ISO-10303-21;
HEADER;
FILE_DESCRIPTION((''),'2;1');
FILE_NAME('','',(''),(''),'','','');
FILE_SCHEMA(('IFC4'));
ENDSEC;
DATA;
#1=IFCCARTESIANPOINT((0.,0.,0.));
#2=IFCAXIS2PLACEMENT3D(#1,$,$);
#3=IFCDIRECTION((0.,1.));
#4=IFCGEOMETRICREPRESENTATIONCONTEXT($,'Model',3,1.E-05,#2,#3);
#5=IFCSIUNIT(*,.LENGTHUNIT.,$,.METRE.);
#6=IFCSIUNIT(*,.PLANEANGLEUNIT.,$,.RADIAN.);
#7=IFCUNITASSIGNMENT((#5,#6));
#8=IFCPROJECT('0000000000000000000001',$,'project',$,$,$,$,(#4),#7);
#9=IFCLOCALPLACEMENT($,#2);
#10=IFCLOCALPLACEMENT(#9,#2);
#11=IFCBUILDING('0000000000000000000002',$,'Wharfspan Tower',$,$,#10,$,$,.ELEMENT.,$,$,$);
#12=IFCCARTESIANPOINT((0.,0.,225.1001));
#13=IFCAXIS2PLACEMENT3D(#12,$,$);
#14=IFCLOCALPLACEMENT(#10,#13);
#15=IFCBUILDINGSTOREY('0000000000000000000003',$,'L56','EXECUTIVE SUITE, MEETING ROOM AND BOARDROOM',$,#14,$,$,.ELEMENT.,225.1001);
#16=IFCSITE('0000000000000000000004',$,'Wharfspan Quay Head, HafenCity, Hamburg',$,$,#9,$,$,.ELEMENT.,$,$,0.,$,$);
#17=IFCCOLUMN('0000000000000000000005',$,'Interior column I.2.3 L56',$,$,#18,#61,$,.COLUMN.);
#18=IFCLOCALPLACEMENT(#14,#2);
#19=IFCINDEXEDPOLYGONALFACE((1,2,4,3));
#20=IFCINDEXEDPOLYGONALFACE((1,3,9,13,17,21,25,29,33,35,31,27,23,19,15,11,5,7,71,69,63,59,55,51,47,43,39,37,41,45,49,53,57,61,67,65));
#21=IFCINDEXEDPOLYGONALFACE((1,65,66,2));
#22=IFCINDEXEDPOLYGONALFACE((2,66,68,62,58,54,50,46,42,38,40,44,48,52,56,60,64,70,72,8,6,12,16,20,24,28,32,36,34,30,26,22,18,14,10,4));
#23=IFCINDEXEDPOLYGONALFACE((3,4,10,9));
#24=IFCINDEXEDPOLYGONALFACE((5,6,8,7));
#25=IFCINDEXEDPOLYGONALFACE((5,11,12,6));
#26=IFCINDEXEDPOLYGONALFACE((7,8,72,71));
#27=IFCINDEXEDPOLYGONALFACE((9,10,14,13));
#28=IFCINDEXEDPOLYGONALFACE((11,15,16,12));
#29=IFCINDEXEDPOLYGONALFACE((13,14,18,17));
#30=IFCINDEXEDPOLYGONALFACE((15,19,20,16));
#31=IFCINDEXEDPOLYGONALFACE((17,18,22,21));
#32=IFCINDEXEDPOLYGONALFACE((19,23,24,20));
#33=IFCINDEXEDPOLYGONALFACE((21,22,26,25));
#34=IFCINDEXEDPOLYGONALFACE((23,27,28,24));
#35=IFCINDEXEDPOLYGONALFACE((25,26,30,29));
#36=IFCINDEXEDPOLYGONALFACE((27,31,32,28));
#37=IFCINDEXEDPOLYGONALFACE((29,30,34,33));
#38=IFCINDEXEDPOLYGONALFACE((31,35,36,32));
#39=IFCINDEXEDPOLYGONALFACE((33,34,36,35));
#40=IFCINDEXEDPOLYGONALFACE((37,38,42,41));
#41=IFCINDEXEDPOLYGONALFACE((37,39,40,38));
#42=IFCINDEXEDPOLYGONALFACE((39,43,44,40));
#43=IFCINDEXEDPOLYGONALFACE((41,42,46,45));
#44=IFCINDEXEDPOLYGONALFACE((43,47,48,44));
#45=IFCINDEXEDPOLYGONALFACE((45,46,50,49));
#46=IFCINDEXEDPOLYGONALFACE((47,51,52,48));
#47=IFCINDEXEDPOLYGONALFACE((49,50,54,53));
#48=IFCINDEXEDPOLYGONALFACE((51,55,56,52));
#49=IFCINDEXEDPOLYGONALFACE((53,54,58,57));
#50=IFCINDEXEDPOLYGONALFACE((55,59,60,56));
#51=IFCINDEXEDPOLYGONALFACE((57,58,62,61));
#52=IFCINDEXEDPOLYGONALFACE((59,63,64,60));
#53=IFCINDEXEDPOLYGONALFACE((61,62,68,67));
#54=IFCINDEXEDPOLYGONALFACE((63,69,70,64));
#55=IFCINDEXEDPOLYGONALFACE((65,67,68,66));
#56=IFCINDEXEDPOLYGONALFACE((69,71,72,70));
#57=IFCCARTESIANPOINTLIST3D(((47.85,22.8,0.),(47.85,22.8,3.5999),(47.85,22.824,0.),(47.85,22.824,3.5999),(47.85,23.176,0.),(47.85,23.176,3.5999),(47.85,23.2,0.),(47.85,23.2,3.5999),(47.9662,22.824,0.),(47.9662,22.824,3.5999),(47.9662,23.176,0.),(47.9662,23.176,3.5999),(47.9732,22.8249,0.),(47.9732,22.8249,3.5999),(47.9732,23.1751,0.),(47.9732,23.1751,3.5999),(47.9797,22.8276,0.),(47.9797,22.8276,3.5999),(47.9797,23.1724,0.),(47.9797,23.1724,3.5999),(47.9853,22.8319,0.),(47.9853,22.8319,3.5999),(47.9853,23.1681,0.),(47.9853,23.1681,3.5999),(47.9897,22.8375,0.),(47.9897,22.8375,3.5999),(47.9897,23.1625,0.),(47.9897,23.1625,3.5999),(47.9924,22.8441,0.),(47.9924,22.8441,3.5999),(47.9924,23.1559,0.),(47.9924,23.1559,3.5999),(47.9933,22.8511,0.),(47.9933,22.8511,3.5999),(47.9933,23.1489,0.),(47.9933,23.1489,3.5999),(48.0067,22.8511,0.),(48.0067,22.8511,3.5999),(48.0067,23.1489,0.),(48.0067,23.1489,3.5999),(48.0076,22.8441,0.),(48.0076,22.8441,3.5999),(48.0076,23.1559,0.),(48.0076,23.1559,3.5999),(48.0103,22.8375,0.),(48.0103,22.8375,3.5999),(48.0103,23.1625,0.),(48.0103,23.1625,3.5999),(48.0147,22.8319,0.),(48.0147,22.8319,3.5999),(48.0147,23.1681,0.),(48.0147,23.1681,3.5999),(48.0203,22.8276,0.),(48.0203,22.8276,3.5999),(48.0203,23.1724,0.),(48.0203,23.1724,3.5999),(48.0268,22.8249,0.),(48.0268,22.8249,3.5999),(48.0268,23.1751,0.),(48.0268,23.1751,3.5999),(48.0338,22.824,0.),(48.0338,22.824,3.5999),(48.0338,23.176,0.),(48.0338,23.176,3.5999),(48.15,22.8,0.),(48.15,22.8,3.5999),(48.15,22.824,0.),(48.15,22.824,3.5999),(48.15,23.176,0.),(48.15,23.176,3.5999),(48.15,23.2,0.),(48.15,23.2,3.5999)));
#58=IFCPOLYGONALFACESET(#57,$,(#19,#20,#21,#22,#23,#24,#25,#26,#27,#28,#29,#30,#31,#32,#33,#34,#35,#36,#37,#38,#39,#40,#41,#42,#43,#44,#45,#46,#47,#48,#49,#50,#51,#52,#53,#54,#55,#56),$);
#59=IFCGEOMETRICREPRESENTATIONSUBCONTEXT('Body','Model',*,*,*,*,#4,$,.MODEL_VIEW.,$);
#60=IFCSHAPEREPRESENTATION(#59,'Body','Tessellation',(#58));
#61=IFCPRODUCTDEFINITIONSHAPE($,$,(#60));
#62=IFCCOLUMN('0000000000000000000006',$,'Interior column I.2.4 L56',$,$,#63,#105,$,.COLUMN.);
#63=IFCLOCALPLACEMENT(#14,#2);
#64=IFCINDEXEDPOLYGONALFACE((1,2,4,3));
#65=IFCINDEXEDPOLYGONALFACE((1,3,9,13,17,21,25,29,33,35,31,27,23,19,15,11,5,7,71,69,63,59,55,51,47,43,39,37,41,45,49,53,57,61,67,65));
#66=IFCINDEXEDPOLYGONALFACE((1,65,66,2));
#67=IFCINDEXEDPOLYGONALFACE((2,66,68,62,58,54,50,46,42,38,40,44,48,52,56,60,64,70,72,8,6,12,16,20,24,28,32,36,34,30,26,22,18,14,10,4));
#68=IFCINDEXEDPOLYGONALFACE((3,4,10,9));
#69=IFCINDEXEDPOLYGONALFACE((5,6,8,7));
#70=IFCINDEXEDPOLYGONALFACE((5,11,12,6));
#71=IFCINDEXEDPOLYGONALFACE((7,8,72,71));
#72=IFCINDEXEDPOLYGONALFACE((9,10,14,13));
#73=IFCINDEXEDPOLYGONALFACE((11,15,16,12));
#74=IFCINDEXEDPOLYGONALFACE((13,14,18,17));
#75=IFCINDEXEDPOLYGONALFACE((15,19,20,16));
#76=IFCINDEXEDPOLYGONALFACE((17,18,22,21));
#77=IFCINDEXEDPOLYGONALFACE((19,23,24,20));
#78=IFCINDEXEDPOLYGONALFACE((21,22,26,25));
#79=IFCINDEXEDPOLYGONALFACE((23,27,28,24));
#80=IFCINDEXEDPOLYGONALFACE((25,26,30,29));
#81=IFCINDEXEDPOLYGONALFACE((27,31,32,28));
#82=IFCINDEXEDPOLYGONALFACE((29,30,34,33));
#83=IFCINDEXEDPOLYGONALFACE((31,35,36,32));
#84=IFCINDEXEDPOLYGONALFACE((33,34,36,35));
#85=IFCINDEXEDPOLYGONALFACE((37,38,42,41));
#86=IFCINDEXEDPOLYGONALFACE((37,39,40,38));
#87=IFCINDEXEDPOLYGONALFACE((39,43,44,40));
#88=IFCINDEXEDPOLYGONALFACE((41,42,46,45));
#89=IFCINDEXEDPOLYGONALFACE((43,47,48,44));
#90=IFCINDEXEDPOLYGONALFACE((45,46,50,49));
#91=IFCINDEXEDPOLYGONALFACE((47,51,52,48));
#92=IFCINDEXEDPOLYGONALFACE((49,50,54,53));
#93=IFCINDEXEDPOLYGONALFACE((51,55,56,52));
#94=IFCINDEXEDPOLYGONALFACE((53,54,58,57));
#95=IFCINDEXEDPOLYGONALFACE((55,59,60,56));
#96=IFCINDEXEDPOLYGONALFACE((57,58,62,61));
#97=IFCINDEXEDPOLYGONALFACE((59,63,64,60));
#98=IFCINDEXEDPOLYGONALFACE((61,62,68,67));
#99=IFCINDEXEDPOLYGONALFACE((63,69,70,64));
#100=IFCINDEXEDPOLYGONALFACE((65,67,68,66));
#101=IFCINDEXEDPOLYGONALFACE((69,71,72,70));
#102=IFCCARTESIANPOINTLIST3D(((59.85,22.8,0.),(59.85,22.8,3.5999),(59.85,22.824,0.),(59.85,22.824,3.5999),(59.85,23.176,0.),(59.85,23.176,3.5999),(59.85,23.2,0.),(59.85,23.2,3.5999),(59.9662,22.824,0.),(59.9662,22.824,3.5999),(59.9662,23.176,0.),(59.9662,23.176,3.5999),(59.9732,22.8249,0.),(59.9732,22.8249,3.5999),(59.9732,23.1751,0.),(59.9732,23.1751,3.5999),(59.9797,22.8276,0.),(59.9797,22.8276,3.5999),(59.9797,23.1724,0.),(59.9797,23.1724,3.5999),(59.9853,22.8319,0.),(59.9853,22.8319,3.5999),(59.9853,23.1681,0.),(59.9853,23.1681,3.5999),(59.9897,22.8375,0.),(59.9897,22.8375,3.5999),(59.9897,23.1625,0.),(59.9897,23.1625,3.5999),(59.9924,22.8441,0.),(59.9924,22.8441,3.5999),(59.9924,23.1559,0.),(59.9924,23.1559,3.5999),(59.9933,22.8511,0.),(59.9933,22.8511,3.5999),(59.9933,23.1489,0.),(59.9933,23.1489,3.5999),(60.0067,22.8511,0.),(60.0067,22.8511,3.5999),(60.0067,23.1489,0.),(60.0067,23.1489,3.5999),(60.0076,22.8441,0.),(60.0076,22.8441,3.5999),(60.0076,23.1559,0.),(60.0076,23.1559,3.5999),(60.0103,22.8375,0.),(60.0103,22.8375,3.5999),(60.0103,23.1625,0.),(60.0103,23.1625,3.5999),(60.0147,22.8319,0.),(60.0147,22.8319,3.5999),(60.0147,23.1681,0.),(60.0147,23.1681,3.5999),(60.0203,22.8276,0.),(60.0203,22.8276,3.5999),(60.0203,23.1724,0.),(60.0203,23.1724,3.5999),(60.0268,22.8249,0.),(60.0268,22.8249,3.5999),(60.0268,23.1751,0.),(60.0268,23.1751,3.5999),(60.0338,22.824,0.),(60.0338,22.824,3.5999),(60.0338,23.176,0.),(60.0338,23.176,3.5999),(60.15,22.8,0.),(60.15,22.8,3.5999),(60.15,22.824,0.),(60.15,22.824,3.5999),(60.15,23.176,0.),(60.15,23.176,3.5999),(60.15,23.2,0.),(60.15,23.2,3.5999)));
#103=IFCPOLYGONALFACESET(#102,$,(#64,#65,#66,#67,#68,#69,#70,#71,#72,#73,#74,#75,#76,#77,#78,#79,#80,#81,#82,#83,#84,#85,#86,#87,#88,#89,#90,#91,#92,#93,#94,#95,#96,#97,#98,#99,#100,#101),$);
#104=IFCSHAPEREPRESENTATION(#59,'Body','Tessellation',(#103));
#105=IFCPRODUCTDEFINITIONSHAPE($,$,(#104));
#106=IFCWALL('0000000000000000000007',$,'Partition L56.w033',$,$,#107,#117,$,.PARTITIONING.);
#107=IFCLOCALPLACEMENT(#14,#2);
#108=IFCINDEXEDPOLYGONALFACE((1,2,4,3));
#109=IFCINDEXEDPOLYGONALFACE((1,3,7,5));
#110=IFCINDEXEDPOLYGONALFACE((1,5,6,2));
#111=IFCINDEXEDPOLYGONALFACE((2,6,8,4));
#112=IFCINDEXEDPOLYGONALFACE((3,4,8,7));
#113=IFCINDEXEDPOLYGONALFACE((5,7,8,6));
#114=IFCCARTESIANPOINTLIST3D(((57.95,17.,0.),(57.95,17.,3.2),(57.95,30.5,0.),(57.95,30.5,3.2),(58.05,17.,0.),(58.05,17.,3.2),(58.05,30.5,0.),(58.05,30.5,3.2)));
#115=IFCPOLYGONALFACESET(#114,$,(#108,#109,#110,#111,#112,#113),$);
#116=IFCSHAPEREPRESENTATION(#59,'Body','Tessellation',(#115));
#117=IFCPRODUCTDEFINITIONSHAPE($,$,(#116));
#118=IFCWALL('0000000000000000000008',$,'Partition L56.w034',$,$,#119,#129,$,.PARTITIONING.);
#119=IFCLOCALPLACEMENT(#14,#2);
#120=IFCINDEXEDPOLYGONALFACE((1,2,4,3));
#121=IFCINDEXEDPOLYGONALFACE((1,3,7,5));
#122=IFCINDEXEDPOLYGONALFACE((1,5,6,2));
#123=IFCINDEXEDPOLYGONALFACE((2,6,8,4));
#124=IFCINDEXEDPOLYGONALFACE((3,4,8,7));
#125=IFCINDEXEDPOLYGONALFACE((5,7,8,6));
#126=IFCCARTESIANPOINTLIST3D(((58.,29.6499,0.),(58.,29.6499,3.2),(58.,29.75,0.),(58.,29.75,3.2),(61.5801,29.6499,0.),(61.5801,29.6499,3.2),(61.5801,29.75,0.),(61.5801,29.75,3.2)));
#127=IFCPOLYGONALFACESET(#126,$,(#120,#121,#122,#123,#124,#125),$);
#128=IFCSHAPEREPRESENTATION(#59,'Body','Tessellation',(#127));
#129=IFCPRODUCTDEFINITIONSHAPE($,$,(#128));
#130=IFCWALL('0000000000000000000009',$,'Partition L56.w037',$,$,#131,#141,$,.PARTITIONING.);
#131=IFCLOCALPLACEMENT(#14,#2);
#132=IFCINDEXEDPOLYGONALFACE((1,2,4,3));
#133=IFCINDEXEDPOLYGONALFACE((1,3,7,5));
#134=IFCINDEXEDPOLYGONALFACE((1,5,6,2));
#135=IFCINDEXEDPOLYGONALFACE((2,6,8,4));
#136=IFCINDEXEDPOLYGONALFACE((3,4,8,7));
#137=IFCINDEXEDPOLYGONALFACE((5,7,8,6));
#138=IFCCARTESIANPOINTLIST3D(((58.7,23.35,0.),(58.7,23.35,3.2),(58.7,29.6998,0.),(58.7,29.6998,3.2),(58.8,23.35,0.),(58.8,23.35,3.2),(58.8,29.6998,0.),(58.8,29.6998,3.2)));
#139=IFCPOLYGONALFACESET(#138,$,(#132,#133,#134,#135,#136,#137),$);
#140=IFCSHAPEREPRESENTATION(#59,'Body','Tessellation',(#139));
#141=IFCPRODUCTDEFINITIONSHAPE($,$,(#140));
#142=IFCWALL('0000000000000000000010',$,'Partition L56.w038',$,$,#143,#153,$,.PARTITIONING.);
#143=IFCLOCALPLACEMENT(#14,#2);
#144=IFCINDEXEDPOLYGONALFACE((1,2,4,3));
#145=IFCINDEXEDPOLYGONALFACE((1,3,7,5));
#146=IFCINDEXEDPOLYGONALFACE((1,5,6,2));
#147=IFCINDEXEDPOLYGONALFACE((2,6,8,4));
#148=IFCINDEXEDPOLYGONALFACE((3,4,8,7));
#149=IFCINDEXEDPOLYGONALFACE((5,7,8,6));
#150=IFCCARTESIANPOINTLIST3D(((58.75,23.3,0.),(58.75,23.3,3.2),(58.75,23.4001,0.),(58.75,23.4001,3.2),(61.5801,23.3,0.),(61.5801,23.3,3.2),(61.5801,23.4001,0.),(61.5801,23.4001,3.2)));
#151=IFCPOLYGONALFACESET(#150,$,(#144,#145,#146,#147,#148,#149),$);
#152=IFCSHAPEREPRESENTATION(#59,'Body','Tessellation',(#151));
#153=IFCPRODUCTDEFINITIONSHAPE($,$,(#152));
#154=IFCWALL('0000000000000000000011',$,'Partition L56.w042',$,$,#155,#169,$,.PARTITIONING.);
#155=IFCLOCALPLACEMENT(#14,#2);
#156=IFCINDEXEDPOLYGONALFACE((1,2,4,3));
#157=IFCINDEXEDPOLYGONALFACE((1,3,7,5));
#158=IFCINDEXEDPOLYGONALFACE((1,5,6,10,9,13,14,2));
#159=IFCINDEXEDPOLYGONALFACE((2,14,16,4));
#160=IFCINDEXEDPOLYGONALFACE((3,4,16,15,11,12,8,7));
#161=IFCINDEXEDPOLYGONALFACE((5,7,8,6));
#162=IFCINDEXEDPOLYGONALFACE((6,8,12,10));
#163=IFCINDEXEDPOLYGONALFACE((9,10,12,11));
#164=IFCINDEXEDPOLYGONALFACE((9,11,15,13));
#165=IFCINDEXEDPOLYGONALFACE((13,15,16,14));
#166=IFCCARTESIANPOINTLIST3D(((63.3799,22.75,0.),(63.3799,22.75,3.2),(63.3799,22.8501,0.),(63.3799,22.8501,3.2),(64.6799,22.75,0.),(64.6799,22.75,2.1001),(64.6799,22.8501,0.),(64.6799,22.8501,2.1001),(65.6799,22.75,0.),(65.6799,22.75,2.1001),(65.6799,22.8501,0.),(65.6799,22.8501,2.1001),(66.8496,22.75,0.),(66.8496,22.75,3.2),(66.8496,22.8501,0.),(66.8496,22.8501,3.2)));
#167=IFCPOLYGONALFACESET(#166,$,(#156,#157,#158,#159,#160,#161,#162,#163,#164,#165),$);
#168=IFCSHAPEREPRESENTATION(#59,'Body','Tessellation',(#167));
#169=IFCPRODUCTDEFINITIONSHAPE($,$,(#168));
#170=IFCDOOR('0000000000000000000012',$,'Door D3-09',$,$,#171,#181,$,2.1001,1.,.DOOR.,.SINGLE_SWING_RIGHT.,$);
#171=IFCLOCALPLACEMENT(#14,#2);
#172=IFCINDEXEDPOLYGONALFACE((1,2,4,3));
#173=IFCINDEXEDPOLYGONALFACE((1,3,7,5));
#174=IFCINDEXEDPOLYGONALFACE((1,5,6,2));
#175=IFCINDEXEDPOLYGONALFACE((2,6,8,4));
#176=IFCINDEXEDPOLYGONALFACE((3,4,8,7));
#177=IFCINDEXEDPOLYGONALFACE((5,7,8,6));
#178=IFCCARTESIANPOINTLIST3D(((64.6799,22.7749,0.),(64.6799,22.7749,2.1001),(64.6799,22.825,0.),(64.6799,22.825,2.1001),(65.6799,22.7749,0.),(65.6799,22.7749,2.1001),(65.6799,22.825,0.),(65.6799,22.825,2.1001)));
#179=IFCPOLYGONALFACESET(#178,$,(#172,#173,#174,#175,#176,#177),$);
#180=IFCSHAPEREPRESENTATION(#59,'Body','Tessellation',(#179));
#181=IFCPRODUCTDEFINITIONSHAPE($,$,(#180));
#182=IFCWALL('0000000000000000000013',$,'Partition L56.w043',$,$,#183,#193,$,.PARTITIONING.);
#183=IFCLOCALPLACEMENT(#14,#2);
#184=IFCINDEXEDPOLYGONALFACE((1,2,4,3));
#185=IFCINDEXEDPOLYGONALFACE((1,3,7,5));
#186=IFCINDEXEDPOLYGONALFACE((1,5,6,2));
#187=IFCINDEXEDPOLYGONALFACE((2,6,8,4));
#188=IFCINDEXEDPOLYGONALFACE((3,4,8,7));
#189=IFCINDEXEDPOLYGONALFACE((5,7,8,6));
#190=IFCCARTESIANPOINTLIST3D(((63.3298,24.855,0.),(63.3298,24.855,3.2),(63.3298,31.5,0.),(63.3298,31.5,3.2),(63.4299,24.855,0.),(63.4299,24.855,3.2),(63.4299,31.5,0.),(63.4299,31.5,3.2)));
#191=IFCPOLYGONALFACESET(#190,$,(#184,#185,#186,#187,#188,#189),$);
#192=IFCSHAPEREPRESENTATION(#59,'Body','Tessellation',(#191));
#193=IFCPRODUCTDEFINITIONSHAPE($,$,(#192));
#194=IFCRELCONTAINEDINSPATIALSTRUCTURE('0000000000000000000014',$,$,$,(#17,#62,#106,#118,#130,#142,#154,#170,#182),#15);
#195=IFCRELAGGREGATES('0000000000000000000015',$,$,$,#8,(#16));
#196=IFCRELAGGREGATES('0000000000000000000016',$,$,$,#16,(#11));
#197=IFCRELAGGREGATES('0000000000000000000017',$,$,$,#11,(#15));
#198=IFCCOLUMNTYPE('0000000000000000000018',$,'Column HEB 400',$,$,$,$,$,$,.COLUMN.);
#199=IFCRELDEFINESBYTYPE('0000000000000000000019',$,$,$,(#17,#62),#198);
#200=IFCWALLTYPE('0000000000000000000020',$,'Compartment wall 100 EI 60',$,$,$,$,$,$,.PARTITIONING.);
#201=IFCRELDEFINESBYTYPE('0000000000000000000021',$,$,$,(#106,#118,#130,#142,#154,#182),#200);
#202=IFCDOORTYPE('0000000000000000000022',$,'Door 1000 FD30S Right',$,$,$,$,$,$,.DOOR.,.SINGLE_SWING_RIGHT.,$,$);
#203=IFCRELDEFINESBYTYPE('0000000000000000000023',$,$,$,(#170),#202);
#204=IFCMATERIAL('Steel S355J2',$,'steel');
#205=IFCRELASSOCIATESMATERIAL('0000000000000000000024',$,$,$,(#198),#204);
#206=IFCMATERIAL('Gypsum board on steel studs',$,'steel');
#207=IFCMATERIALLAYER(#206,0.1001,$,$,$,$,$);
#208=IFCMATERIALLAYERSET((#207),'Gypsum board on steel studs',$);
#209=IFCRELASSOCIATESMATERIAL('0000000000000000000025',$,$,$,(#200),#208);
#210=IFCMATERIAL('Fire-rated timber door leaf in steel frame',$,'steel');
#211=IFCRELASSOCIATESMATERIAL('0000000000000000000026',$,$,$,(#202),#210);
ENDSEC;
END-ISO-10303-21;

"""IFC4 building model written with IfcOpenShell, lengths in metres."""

from ifc_helpers import new_model, si_unit, direction, frame, frame_2d, origin, origin_2d, place, context, subcontext, project, spatial, rectangle, i_section, extrude, material, layer, layer_set, material_profile, profile_set, type_object, element, fill, save


model = new_model("IFC4")

# Units and contexts
model_context = context("Model", 3, precision=1e-05, world=origin(), true_north=direction((0.0, 1.0)))
body_context = subcontext(model_context, "Body", "Model", "MODEL_VIEW")
ifc_project = project(units=[si_unit("LENGTHUNIT", "METRE"), si_unit("PLANEANGLEUNIT", "RADIAN")], contexts=[model_context])

# Site, building, storey
site_placement = place(None, origin())
site = spatial("IfcSite", under=ifc_project, at=site_placement, Name="Wharfspan Quay Head, HafenCity, Hamburg", CompositionType="ELEMENT", RefElevation=0.0)
building_placement = place(site_placement, origin())
building = spatial("IfcBuilding", under=site, at=building_placement, Name="Wharfspan Tower", CompositionType="ELEMENT")
storey_placement = place(building_placement, frame((0.0, 0.0, 225.1001)))
storey = spatial("IfcBuildingStorey", under=building, at=storey_placement, Name="L56", Description="EXECUTIVE SUITE, MEETING ROOM AND BOARDROOM", CompositionType="ELEMENT", Elevation=225.1001)

# Columns
ifc_material_1 = material(Name="Steel S355J2", Category="steel")
ifc_material_profile = material_profile(ifc_material_1, i_section(OverallWidth=0.3, OverallDepth=0.3999, WebThickness=0.0134, FlangeThickness=0.0239, FilletRadius=0.0271, at=origin_2d()))
ifc_profile_set = profile_set([ifc_material_profile], Name="Steel S355J2")
column_type = type_object("IfcColumnType", Name="Column HEB 400", PredefinedType="COLUMN", material=ifc_profile_set)
for number, where, z_axis, x_axis, name in (
    (1, (48.0, 23.0, 0.0), (0.0, 0.0, 1.0), (1.0, 0.0, 0.0), "Interior column I.2.3 L56"),
    (2, (60.0, 23.0, 0.0), (0.0, 0.0, 1.0), (1.0, 0.0, 0.0), "Interior column I.2.4 L56"),
):
    element("IfcColumn", number, at=place(storey_placement, frame(where, z_axis=z_axis, x_axis=x_axis)), inside=storey, type_object=column_type, Name=name, PredefinedType="COLUMN", context=body_context, shape_type="SweptSolid", body=[
        extrude(i_section(OverallWidth=0.3, OverallDepth=0.3999, WebThickness=0.0134, FlangeThickness=0.0239, FilletRadius=0.0271, at=origin_2d()), origin(), (0.0, 0.0, 1.0), 3.5999),
    ])

# Walls
ifc_material_2 = material(Name="Gypsum board on steel studs", Category="steel")
ifc_layer_1 = layer(ifc_material_2, 0.1001)
ifc_layer_set_1 = layer_set([ifc_layer_1], Name="Gypsum board on steel studs")
wall_type_1 = type_object("IfcWallType", Name="Compartment wall 100 EI 60", PredefinedType="PARTITIONING", material=ifc_layer_set_1)
wall_1_placement = place(storey_placement, frame((58.0, 17.0, 0.0), z_axis=(0.0, 0.0, 1.0), x_axis=(0.0, 1.0, 0.0)))
element("IfcWall", 3, at=wall_1_placement, inside=storey, type_object=wall_type_1, Name="Partition L56.w033", PredefinedType="PARTITIONING", context=body_context, shape_type="SweptSolid", body=[
    extrude(rectangle(XDim=13.5, YDim=0.1001, at=frame_2d((6.75, 0.0))), origin(), (0.0, 0.0, 1.0), 3.2),
])
wall_2_placement = place(storey_placement, frame((58.0, 29.7, 0.0), z_axis=(0.0, 0.0, 1.0), x_axis=(1.0, 0.0, 0.0)))
element("IfcWall", 4, at=wall_2_placement, inside=storey, type_object=wall_type_1, Name="Partition L56.w034", PredefinedType="PARTITIONING", context=body_context, shape_type="SweptSolid", body=[
    extrude(rectangle(XDim=3.5801, YDim=0.1001, at=frame_2d((1.79, 0.0))), origin(), (0.0, 0.0, 1.0), 3.2),
])
wall_3_placement = place(storey_placement, frame((58.75, 23.3501, 0.0), z_axis=(0.0, 0.0, 1.0), x_axis=(0.0, 1.0, 0.0)))
element("IfcWall", 5, at=wall_3_placement, inside=storey, type_object=wall_type_1, Name="Partition L56.w037", PredefinedType="PARTITIONING", context=body_context, shape_type="SweptSolid", body=[
    extrude(rectangle(XDim=6.3499, YDim=0.1001, at=frame_2d((3.1748, 0.0))), origin(), (0.0, 0.0, 1.0), 3.2),
])
wall_4_placement = place(storey_placement, frame((58.75, 23.3501, 0.0), z_axis=(0.0, 0.0, 1.0), x_axis=(1.0, 0.0, 0.0)))
element("IfcWall", 6, at=wall_4_placement, inside=storey, type_object=wall_type_1, Name="Partition L56.w038", PredefinedType="PARTITIONING", context=body_context, shape_type="SweptSolid", body=[
    extrude(rectangle(XDim=2.8301, YDim=0.1001, at=frame_2d((1.415, 0.0))), origin(), (0.0, 0.0, 1.0), 3.2),
])

# Wall, opening, door
wall_5_placement = place(storey_placement, frame((63.3799, 22.8, 0.0), z_axis=(0.0, 0.0, 1.0), x_axis=(1.0, 0.0, 0.0)))
wall_5 = element("IfcWall", 7, at=wall_5_placement, inside=storey, type_object=wall_type_1, Name="Partition L56.w042", PredefinedType="PARTITIONING", context=body_context, shape_type="SweptSolid", body=[
    extrude(rectangle(XDim=3.4697, YDim=0.1001, at=frame_2d((1.7349, 0.0))), origin(), (0.0, 0.0, 1.0), 3.2),
])
opening_1_placement = place(wall_5_placement, frame((1.3, 0.0, 0.0)))
opening_1 = element("IfcOpeningElement", 8, at=opening_1_placement, cuts=wall_5, PredefinedType="OPENING", context=body_context, shape_type="SweptSolid", body=[
    extrude(rectangle(XDim=1.0, YDim=2.1001, at=frame_2d((0.5, 1.05))), frame((0.0, 0.0601, 0.0), z_axis=(0.0, -1.0, 0.0), x_axis=(1.0, 0.0, 0.0)), (0.0, 0.0, 1.0), 0.1201),
])
ifc_material_3 = material(Name="Fire-rated timber door leaf in steel frame", Category="steel")
door_type_1 = type_object("IfcDoorType", Name="Door 1000 FD30S Right", OperationType="SINGLE_SWING_RIGHT", PredefinedType="DOOR", material=ifc_material_3)
door_1_placement = place(opening_1_placement, origin())
door_1 = element("IfcDoor", 9, at=door_1_placement, inside=storey, type_object=door_type_1, Name="Door D3-09", OperationType="SINGLE_SWING_RIGHT", OverallHeight=2.1001, OverallWidth=1.0, PredefinedType="DOOR", context=body_context, shape_type="SweptSolid", body=[
    extrude(rectangle(XDim=1.0, YDim=2.1001, at=frame_2d((0.5, 1.05))), frame((0.0, 0.0249, 0.0), z_axis=(0.0, -1.0, 0.0), x_axis=(1.0, 0.0, 0.0)), (0.0, 0.0, 1.0), 0.05),
])
fill(opening_1, door_1)

# Wall
wall_6_placement = place(storey_placement, frame((63.3799, 24.855, 0.0), z_axis=(0.0, 0.0, 1.0), x_axis=(0.0, 1.0, 0.0)))
element("IfcWall", 10, at=wall_6_placement, inside=storey, type_object=wall_type_1, Name="Partition L56.w043", PredefinedType="PARTITIONING", context=body_context, shape_type="SweptSolid", body=[
    extrude(rectangle(XDim=6.645, YDim=0.1001, at=frame_2d((3.3225, 0.0))), origin(), (0.0, 0.0, 1.0), 3.2),
])

save(model, "model.ifc")
